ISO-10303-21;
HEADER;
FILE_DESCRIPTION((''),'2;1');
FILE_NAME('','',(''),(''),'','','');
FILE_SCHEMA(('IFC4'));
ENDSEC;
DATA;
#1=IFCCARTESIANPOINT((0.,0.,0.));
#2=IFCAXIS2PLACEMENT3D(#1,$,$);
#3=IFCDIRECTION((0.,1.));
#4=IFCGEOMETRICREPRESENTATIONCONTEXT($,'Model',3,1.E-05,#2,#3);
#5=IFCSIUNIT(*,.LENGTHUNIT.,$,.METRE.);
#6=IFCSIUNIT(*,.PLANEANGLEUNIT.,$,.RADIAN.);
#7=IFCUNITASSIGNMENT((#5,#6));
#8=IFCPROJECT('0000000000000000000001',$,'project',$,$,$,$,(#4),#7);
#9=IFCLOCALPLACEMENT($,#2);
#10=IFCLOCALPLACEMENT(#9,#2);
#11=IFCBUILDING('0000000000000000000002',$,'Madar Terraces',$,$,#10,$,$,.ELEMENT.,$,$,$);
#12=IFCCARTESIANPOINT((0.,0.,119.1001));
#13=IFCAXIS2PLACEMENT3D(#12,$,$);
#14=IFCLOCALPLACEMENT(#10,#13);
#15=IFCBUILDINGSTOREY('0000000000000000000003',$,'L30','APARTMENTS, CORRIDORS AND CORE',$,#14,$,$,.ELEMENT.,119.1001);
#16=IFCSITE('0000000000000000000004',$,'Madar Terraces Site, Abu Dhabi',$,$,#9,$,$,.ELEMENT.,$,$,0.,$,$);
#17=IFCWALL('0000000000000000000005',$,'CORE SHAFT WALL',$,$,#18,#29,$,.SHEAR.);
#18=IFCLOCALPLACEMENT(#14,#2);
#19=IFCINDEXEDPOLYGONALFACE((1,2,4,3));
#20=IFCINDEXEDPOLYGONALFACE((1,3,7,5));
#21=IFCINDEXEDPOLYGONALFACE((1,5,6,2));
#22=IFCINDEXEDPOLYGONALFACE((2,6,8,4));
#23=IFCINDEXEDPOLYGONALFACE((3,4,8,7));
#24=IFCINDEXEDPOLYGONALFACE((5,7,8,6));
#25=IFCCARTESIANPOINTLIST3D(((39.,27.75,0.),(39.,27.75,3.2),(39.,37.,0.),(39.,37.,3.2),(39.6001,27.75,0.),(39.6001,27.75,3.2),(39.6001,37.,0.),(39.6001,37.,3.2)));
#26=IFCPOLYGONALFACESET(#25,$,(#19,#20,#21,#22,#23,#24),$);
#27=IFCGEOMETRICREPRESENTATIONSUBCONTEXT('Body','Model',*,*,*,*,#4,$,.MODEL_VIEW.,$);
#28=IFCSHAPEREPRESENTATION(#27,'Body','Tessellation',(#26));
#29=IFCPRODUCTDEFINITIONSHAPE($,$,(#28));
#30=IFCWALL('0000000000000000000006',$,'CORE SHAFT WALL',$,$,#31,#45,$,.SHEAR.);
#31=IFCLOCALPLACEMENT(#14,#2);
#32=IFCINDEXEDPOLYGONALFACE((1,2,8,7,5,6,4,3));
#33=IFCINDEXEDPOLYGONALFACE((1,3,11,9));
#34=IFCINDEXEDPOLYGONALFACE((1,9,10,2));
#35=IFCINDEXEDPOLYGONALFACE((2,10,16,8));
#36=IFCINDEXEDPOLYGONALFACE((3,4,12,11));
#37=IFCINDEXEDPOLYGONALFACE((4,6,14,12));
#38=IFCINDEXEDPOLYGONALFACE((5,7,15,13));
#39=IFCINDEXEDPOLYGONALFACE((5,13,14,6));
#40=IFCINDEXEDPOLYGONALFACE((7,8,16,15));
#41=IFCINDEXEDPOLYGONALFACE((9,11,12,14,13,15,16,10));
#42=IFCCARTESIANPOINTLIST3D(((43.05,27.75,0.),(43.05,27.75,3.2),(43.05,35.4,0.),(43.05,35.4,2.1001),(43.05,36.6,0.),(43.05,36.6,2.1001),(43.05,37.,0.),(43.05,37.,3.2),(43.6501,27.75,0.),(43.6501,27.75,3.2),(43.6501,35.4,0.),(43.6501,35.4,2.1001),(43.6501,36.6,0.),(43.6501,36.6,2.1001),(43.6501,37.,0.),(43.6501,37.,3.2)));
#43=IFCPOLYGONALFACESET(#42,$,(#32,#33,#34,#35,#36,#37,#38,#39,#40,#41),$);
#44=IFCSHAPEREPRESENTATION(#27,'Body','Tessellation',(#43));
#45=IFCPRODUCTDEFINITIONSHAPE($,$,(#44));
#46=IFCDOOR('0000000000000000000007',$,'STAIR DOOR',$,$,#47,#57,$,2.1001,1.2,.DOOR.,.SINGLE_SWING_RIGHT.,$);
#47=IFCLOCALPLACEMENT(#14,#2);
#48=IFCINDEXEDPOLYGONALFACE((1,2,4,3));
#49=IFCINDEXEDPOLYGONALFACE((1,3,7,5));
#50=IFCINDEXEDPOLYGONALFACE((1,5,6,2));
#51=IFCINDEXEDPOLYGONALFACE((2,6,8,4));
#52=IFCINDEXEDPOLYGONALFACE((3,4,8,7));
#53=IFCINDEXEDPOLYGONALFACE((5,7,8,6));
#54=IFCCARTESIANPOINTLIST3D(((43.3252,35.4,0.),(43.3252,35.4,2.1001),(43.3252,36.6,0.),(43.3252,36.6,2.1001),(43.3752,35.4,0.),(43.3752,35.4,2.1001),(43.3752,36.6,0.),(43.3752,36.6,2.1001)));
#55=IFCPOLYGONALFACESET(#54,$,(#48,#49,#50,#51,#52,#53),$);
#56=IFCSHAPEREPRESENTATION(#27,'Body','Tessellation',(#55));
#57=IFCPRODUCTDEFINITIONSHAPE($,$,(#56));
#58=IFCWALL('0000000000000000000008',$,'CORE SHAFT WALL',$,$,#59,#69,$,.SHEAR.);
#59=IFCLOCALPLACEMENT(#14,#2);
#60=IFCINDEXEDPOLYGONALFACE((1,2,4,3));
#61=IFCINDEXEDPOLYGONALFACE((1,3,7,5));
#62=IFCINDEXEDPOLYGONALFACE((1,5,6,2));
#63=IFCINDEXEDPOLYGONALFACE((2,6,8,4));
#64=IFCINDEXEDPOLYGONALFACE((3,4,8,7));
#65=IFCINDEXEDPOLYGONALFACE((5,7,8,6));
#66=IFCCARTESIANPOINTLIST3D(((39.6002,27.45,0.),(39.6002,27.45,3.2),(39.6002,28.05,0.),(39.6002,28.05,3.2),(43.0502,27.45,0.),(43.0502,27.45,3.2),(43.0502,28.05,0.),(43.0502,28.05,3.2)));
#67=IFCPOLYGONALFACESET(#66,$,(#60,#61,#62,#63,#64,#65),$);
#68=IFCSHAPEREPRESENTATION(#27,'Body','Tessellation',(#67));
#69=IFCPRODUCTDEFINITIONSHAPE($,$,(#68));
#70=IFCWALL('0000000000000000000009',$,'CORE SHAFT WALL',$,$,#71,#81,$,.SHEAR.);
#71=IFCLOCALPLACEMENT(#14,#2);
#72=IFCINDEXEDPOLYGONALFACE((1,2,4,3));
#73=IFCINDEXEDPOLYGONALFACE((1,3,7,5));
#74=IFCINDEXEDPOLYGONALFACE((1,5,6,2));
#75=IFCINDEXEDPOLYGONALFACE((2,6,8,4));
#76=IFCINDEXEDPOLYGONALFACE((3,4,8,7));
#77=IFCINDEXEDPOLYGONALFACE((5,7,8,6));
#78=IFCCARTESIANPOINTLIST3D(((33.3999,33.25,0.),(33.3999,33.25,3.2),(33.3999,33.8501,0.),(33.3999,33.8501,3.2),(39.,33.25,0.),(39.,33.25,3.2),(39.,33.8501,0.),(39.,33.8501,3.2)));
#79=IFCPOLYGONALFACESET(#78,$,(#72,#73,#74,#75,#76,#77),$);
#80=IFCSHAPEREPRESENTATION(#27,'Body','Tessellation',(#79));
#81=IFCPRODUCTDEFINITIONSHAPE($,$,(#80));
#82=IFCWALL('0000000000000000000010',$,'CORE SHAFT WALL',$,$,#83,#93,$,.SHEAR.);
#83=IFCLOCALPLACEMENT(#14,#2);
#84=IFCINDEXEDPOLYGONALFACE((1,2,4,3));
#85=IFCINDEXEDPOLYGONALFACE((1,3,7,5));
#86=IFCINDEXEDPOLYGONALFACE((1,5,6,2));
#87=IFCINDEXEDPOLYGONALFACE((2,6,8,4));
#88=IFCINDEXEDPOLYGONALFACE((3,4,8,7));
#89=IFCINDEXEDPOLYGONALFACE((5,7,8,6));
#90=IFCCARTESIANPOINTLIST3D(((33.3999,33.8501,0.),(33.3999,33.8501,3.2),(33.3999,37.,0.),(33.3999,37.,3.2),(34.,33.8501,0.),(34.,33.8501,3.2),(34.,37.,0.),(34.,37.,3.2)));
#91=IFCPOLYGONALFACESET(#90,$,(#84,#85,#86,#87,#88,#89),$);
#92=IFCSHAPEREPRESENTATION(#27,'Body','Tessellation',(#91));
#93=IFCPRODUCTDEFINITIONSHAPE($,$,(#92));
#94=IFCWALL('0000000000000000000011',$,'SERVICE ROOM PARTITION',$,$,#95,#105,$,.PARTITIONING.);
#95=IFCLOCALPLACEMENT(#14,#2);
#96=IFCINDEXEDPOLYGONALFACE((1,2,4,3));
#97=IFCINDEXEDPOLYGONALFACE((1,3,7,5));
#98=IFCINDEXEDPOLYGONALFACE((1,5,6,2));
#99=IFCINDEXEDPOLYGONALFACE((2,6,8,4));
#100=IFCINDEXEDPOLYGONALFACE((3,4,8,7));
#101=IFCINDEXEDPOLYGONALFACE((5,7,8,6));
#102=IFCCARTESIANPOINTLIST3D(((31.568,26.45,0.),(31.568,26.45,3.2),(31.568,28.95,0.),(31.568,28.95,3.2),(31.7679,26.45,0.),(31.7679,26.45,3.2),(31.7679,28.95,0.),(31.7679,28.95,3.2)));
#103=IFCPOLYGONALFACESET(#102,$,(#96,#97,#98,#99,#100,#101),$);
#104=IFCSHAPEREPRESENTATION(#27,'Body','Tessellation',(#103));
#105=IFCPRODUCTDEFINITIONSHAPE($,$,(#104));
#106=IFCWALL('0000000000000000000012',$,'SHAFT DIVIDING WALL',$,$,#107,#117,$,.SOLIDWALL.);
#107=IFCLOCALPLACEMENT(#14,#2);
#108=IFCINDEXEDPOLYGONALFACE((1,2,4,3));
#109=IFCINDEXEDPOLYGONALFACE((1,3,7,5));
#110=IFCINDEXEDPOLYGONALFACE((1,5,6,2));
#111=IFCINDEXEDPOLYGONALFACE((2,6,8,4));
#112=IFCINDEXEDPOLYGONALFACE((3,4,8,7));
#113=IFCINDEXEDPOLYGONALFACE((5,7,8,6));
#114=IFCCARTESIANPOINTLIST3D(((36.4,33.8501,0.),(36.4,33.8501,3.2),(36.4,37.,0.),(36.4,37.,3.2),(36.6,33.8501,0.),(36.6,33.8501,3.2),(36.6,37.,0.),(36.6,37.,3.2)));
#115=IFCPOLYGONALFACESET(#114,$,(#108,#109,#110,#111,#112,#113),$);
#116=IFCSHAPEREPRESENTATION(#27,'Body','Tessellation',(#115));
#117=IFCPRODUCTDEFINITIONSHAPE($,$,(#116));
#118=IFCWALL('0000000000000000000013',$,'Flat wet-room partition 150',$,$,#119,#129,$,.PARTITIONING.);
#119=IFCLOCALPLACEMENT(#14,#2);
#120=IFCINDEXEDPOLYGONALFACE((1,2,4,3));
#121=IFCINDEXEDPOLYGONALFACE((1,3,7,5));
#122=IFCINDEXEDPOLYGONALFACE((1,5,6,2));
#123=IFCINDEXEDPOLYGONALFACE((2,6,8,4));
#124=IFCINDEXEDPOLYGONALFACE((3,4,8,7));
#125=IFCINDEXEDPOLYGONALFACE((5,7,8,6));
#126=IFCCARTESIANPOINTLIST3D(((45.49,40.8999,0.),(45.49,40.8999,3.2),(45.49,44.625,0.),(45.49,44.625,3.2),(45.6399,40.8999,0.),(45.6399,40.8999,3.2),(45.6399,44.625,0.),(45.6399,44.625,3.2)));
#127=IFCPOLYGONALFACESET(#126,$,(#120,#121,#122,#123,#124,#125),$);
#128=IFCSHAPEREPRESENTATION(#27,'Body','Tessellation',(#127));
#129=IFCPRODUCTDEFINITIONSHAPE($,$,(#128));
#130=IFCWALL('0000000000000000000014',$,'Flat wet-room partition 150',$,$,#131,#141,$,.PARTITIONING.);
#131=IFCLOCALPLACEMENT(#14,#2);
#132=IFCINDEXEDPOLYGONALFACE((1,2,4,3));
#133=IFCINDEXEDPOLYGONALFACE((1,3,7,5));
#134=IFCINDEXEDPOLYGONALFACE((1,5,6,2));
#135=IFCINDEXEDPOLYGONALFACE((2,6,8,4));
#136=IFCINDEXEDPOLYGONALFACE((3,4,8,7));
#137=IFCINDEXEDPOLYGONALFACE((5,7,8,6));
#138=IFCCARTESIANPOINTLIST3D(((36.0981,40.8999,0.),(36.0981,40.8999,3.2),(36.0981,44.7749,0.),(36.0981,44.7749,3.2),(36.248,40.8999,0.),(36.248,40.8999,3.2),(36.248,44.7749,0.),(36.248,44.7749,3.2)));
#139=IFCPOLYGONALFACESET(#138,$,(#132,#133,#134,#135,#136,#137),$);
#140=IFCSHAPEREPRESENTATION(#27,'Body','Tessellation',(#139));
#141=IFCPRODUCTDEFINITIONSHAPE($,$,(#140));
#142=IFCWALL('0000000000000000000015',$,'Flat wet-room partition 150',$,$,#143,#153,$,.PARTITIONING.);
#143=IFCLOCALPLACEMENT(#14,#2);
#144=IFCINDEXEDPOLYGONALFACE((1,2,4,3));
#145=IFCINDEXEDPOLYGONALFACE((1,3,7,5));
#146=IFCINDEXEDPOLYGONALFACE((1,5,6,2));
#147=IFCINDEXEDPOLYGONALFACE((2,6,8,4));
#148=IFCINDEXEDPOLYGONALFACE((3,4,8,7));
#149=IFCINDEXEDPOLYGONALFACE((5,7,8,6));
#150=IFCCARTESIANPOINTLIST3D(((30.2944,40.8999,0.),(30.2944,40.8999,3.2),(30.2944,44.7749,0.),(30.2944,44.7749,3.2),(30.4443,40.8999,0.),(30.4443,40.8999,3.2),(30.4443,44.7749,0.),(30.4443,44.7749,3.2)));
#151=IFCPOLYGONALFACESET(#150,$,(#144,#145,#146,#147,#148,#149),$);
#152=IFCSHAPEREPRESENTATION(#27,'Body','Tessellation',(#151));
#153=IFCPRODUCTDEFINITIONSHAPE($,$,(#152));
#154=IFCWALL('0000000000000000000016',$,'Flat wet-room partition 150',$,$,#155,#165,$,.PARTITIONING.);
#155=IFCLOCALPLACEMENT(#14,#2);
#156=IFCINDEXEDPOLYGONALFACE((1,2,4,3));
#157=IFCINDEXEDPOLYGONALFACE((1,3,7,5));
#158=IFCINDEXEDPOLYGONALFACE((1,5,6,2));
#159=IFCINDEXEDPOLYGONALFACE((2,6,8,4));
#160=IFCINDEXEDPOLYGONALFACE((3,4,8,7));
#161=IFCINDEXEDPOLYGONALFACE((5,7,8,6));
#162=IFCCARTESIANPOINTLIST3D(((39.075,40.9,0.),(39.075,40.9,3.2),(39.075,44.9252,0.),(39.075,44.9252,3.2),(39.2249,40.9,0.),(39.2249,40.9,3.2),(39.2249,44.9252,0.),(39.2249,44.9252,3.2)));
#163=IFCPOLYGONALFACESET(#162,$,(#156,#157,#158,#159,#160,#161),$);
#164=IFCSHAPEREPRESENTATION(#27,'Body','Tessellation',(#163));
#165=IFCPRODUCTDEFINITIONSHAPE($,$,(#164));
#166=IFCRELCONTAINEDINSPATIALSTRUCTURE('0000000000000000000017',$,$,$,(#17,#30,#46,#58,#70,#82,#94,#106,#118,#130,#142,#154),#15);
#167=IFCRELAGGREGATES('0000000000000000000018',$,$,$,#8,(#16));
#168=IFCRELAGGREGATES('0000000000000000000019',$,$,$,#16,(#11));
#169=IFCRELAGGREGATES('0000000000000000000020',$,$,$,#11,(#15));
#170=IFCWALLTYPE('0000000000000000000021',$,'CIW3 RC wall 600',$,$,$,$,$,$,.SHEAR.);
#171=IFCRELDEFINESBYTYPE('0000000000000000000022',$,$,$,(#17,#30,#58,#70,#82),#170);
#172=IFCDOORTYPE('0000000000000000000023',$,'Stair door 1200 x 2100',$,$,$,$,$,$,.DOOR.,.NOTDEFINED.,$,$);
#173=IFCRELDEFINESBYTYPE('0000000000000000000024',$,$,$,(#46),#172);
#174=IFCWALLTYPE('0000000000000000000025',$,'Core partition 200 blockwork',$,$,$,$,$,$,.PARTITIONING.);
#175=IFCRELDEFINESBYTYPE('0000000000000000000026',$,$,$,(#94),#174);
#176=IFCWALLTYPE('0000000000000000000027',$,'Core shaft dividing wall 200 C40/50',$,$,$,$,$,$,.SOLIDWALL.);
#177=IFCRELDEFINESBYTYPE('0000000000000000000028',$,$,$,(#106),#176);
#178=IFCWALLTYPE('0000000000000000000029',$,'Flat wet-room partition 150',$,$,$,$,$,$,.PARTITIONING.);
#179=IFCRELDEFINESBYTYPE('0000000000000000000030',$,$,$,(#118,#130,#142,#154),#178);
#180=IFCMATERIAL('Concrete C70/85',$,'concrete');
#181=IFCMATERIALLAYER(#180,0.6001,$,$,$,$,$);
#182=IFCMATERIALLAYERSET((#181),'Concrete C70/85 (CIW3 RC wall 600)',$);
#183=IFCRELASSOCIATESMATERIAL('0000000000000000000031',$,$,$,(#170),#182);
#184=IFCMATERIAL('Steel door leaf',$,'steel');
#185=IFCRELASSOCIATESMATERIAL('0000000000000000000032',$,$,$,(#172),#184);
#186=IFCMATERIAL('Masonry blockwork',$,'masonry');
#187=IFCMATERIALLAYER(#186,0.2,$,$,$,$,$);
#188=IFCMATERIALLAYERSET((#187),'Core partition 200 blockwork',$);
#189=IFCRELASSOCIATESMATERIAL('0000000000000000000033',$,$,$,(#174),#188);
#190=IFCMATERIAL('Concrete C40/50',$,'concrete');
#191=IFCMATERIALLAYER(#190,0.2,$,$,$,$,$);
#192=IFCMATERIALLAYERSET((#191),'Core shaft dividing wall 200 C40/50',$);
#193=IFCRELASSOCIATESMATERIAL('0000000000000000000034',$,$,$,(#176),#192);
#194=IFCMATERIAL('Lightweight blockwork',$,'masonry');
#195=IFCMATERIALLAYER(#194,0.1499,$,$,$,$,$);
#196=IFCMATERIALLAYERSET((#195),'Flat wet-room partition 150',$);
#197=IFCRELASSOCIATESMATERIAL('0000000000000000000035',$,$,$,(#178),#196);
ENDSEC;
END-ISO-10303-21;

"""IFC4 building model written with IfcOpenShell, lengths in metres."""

from ifc_helpers import new_model, si_unit, direction, frame, frame_2d, origin, place, context, subcontext, project, spatial, rectangle, extrude, material, layer, layer_set, type_object, element, fill, save


model = new_model("IFC4")

# Units and contexts
model_context = context("Model", 3, precision=1e-05, world=origin(), true_north=direction((0.0, 1.0)))
body_context = subcontext(model_context, "Body", "Model", "MODEL_VIEW")
ifc_project = project(units=[si_unit("LENGTHUNIT", "METRE"), si_unit("PLANEANGLEUNIT", "RADIAN")], contexts=[model_context])

# Site, building, storey
site_placement = place(None, origin())
site = spatial("IfcSite", under=ifc_project, at=site_placement, Name="Madar Terraces Site, Abu Dhabi", CompositionType="ELEMENT", RefElevation=0.0)
building_placement = place(site_placement, origin())
building = spatial("IfcBuilding", under=site, at=building_placement, Name="Madar Terraces", CompositionType="ELEMENT")
storey_placement = place(building_placement, frame((0.0, 0.0, 119.1001)))
storey = spatial("IfcBuildingStorey", under=building, at=storey_placement, Name="L30", Description="APARTMENTS, CORRIDORS AND CORE", CompositionType="ELEMENT", Elevation=119.1001)

# Wall
ifc_material_1 = material(Name="Concrete C70/85", Category="concrete")
ifc_layer_1 = layer(ifc_material_1, 0.6001)
ifc_layer_set_1 = layer_set([ifc_layer_1], Name="Concrete C70/85 (CIW3 RC wall 600)")
wall_type_1 = type_object("IfcWallType", Name="CIW3 RC wall 600", PredefinedType="SHEAR", material=ifc_layer_set_1)
wall_1_placement = place(storey_placement, frame((39.3, 27.75, 0.0), z_axis=(0.0, 0.0, 1.0), x_axis=(0.0, 1.0, 0.0)))
element("IfcWall", 1, at=wall_1_placement, inside=storey, type_object=wall_type_1, Name="CORE SHAFT WALL", PredefinedType="SHEAR", context=body_context, shape_type="SweptSolid", body=[
    extrude(rectangle(XDim=9.25, YDim=0.6001, at=frame_2d((4.625, 0.0))), origin(), (0.0, 0.0, 1.0), 3.2),
])

# Wall, opening, door
wall_2_placement = place(storey_placement, frame((43.3501, 27.75, 0.0), z_axis=(0.0, 0.0, 1.0), x_axis=(0.0, 1.0, 0.0)))
wall_2 = element("IfcWall", 2, at=wall_2_placement, inside=storey, type_object=wall_type_1, Name="CORE SHAFT WALL", PredefinedType="SHEAR", context=body_context, shape_type="SweptSolid", body=[
    extrude(rectangle(XDim=9.25, YDim=0.6001, at=frame_2d((4.625, 0.0))), origin(), (0.0, 0.0, 1.0), 3.2),
])
opening_placement = place(wall_2_placement, frame((7.6499, 0.0, 0.0)))
opening = element("IfcOpeningElement", 3, at=opening_placement, cuts=wall_2, PredefinedType="OPENING", context=body_context, shape_type="SweptSolid", body=[
    extrude(rectangle(XDim=1.2, YDim=2.1001, at=frame_2d((0.6001, 1.05))), frame((0.0, 0.3101, 0.0), z_axis=(0.0, -1.0, 0.0), x_axis=(1.0, 0.0, 0.0)), (0.0, 0.0, 1.0), 0.6201),
])
ifc_material_2 = material(Name="Steel door leaf", Category="steel")
door_type = type_object("IfcDoorType", Name="Stair door 1200 x 2100", OperationType="NOTDEFINED", PredefinedType="DOOR", material=ifc_material_2)
door_placement = place(opening_placement, origin())
door = element("IfcDoor", 4, at=door_placement, inside=storey, type_object=door_type, Name="STAIR DOOR", OperationType="SINGLE_SWING_RIGHT", OverallHeight=2.1001, OverallWidth=1.2, PredefinedType="DOOR", context=body_context, shape_type="SweptSolid", body=[
    extrude(rectangle(XDim=1.2, YDim=2.1001, at=frame_2d((0.6001, 1.05))), frame((0.0, 0.0249, 0.0), z_axis=(0.0, -1.0, 0.0), x_axis=(1.0, 0.0, 0.0)), (0.0, 0.0, 1.0), 0.05),
])
fill(opening, door)

# Walls
wall_3_placement = place(storey_placement, frame((39.6001, 27.75, 0.0), z_axis=(0.0, 0.0, 1.0), x_axis=(1.0, 0.0, 0.0)))
element("IfcWall", 5, at=wall_3_placement, inside=storey, type_object=wall_type_1, Name="CORE SHAFT WALL", PredefinedType="SHEAR", context=body_context, shape_type="SweptSolid", body=[
    extrude(rectangle(XDim=3.45, YDim=0.6001, at=frame_2d((1.7251, 0.0))), origin(), (0.0, 0.0, 1.0), 3.2),
])
wall_4_placement = place(storey_placement, frame((33.3999, 33.55, 0.0), z_axis=(0.0, 0.0, 1.0), x_axis=(1.0, 0.0, 0.0)))
element("IfcWall", 6, at=wall_4_placement, inside=storey, type_object=wall_type_1, Name="CORE SHAFT WALL", PredefinedType="SHEAR", context=body_context, shape_type="SweptSolid", body=[
    extrude(rectangle(XDim=5.6001, YDim=0.6001, at=frame_2d((2.8, 0.0))), origin(), (0.0, 0.0, 1.0), 3.2),
])
wall_5_placement = place(storey_placement, frame((33.7, 33.8501, 0.0), z_axis=(0.0, 0.0, 1.0), x_axis=(0.0, 1.0, 0.0)))
element("IfcWall", 7, at=wall_5_placement, inside=storey, type_object=wall_type_1, Name="CORE SHAFT WALL", PredefinedType="SHEAR", context=body_context, shape_type="SweptSolid", body=[
    extrude(rectangle(XDim=3.1499, YDim=0.6001, at=frame_2d((1.575, 0.0))), origin(), (0.0, 0.0, 1.0), 3.2),
])
ifc_material_3 = material(Name="Masonry blockwork", Category="masonry")
ifc_layer_2 = layer(ifc_material_3, 0.2)
ifc_layer_set_2 = layer_set([ifc_layer_2], Name="Core partition 200 blockwork")
wall_type_2 = type_object("IfcWallType", Name="Core partition 200 blockwork", PredefinedType="PARTITIONING", material=ifc_layer_set_2)
wall_6_placement = place(storey_placement, frame((31.668, 26.45, 0.0), z_axis=(0.0, 0.0, 1.0), x_axis=(0.0, 1.0, 0.0)))
element("IfcWall", 8, at=wall_6_placement, inside=storey, type_object=wall_type_2, Name="SERVICE ROOM PARTITION", PredefinedType="PARTITIONING", context=body_context, shape_type="SweptSolid", body=[
    extrude(rectangle(XDim=2.5, YDim=0.2, at=frame_2d((1.25, 0.0))), origin(), (0.0, 0.0, 1.0), 3.2),
])
ifc_material_4 = material(Name="Concrete C40/50", Category="concrete")
ifc_layer_3 = layer(ifc_material_4, 0.2)
ifc_layer_set_3 = layer_set([ifc_layer_3], Name="Core shaft dividing wall 200 C40/50")
wall_type_3 = type_object("IfcWallType", Name="Core shaft dividing wall 200 C40/50", PredefinedType="SOLIDWALL", material=ifc_layer_set_3)
wall_7_placement = place(storey_placement, frame((36.5, 33.8501, 0.0), z_axis=(0.0, 0.0, 1.0), x_axis=(0.0, 1.0, 0.0)))
element("IfcWall", 9, at=wall_7_placement, inside=storey, type_object=wall_type_3, Name="SHAFT DIVIDING WALL", PredefinedType="SOLIDWALL", context=body_context, shape_type="SweptSolid", body=[
    extrude(rectangle(XDim=3.1499, YDim=0.2, at=frame_2d((1.575, 0.0))), origin(), (0.0, 0.0, 1.0), 3.2),
])
ifc_material_5 = material(Name="Lightweight blockwork", Category="masonry")
ifc_layer_4 = layer(ifc_material_5, 0.1499)
ifc_layer_set_4 = layer_set([ifc_layer_4], Name="Flat wet-room partition 150")
wall_type_4 = type_object("IfcWallType", Name="Flat wet-room partition 150", PredefinedType="PARTITIONING", material=ifc_layer_set_4)
wall_8_placement = place(storey_placement, frame((45.5649, 40.8999, 0.0), z_axis=(0.0, 0.0, 1.0), x_axis=(0.0, 1.0, 0.0)))
element("IfcWall", 10, at=wall_8_placement, inside=storey, type_object=wall_type_4, Name="Flat wet-room partition 150", PredefinedType="PARTITIONING", context=body_context, shape_type="SweptSolid", body=[
    extrude(rectangle(XDim=3.7251, YDim=0.1499, at=frame_2d((1.8625, 0.0))), origin(), (0.0, 0.0, 1.0), 3.2),
])
for number, where, z_axis, x_axis, name in (
    (11, (36.1731, 40.8999, 0.0), (0.0, 0.0, 1.0), (0.0, 1.0, 0.0), "Flat wet-room partition 150"),
    (12, (30.3694, 40.8999, 0.0), (0.0, 0.0, 1.0), (0.0, 1.0, 0.0), "Flat wet-room partition 150"),
):
    element("IfcWall", number, at=place(storey_placement, frame(where, z_axis=z_axis, x_axis=x_axis)), inside=storey, type_object=wall_type_4, Name=name, PredefinedType="PARTITIONING", context=body_context, shape_type="SweptSolid", body=[
        extrude(rectangle(XDim=3.875, YDim=0.1499, at=frame_2d((1.9375, 0.0))), origin(), (0.0, 0.0, 1.0), 3.2),
    ])
wall_9_placement = place(storey_placement, frame((39.1499, 40.8999, 0.0), z_axis=(0.0, 0.0, 1.0), x_axis=(0.0, 1.0, 0.0)))
element("IfcWall", 13, at=wall_9_placement, inside=storey, type_object=wall_type_4, Name="Flat wet-room partition 150", PredefinedType="PARTITIONING", context=body_context, shape_type="SweptSolid", body=[
    extrude(rectangle(XDim=4.0251, YDim=0.1499, at=frame_2d((2.0127, 0.0))), origin(), (0.0, 0.0, 1.0), 3.2),
])

save(model, "model.ifc")
